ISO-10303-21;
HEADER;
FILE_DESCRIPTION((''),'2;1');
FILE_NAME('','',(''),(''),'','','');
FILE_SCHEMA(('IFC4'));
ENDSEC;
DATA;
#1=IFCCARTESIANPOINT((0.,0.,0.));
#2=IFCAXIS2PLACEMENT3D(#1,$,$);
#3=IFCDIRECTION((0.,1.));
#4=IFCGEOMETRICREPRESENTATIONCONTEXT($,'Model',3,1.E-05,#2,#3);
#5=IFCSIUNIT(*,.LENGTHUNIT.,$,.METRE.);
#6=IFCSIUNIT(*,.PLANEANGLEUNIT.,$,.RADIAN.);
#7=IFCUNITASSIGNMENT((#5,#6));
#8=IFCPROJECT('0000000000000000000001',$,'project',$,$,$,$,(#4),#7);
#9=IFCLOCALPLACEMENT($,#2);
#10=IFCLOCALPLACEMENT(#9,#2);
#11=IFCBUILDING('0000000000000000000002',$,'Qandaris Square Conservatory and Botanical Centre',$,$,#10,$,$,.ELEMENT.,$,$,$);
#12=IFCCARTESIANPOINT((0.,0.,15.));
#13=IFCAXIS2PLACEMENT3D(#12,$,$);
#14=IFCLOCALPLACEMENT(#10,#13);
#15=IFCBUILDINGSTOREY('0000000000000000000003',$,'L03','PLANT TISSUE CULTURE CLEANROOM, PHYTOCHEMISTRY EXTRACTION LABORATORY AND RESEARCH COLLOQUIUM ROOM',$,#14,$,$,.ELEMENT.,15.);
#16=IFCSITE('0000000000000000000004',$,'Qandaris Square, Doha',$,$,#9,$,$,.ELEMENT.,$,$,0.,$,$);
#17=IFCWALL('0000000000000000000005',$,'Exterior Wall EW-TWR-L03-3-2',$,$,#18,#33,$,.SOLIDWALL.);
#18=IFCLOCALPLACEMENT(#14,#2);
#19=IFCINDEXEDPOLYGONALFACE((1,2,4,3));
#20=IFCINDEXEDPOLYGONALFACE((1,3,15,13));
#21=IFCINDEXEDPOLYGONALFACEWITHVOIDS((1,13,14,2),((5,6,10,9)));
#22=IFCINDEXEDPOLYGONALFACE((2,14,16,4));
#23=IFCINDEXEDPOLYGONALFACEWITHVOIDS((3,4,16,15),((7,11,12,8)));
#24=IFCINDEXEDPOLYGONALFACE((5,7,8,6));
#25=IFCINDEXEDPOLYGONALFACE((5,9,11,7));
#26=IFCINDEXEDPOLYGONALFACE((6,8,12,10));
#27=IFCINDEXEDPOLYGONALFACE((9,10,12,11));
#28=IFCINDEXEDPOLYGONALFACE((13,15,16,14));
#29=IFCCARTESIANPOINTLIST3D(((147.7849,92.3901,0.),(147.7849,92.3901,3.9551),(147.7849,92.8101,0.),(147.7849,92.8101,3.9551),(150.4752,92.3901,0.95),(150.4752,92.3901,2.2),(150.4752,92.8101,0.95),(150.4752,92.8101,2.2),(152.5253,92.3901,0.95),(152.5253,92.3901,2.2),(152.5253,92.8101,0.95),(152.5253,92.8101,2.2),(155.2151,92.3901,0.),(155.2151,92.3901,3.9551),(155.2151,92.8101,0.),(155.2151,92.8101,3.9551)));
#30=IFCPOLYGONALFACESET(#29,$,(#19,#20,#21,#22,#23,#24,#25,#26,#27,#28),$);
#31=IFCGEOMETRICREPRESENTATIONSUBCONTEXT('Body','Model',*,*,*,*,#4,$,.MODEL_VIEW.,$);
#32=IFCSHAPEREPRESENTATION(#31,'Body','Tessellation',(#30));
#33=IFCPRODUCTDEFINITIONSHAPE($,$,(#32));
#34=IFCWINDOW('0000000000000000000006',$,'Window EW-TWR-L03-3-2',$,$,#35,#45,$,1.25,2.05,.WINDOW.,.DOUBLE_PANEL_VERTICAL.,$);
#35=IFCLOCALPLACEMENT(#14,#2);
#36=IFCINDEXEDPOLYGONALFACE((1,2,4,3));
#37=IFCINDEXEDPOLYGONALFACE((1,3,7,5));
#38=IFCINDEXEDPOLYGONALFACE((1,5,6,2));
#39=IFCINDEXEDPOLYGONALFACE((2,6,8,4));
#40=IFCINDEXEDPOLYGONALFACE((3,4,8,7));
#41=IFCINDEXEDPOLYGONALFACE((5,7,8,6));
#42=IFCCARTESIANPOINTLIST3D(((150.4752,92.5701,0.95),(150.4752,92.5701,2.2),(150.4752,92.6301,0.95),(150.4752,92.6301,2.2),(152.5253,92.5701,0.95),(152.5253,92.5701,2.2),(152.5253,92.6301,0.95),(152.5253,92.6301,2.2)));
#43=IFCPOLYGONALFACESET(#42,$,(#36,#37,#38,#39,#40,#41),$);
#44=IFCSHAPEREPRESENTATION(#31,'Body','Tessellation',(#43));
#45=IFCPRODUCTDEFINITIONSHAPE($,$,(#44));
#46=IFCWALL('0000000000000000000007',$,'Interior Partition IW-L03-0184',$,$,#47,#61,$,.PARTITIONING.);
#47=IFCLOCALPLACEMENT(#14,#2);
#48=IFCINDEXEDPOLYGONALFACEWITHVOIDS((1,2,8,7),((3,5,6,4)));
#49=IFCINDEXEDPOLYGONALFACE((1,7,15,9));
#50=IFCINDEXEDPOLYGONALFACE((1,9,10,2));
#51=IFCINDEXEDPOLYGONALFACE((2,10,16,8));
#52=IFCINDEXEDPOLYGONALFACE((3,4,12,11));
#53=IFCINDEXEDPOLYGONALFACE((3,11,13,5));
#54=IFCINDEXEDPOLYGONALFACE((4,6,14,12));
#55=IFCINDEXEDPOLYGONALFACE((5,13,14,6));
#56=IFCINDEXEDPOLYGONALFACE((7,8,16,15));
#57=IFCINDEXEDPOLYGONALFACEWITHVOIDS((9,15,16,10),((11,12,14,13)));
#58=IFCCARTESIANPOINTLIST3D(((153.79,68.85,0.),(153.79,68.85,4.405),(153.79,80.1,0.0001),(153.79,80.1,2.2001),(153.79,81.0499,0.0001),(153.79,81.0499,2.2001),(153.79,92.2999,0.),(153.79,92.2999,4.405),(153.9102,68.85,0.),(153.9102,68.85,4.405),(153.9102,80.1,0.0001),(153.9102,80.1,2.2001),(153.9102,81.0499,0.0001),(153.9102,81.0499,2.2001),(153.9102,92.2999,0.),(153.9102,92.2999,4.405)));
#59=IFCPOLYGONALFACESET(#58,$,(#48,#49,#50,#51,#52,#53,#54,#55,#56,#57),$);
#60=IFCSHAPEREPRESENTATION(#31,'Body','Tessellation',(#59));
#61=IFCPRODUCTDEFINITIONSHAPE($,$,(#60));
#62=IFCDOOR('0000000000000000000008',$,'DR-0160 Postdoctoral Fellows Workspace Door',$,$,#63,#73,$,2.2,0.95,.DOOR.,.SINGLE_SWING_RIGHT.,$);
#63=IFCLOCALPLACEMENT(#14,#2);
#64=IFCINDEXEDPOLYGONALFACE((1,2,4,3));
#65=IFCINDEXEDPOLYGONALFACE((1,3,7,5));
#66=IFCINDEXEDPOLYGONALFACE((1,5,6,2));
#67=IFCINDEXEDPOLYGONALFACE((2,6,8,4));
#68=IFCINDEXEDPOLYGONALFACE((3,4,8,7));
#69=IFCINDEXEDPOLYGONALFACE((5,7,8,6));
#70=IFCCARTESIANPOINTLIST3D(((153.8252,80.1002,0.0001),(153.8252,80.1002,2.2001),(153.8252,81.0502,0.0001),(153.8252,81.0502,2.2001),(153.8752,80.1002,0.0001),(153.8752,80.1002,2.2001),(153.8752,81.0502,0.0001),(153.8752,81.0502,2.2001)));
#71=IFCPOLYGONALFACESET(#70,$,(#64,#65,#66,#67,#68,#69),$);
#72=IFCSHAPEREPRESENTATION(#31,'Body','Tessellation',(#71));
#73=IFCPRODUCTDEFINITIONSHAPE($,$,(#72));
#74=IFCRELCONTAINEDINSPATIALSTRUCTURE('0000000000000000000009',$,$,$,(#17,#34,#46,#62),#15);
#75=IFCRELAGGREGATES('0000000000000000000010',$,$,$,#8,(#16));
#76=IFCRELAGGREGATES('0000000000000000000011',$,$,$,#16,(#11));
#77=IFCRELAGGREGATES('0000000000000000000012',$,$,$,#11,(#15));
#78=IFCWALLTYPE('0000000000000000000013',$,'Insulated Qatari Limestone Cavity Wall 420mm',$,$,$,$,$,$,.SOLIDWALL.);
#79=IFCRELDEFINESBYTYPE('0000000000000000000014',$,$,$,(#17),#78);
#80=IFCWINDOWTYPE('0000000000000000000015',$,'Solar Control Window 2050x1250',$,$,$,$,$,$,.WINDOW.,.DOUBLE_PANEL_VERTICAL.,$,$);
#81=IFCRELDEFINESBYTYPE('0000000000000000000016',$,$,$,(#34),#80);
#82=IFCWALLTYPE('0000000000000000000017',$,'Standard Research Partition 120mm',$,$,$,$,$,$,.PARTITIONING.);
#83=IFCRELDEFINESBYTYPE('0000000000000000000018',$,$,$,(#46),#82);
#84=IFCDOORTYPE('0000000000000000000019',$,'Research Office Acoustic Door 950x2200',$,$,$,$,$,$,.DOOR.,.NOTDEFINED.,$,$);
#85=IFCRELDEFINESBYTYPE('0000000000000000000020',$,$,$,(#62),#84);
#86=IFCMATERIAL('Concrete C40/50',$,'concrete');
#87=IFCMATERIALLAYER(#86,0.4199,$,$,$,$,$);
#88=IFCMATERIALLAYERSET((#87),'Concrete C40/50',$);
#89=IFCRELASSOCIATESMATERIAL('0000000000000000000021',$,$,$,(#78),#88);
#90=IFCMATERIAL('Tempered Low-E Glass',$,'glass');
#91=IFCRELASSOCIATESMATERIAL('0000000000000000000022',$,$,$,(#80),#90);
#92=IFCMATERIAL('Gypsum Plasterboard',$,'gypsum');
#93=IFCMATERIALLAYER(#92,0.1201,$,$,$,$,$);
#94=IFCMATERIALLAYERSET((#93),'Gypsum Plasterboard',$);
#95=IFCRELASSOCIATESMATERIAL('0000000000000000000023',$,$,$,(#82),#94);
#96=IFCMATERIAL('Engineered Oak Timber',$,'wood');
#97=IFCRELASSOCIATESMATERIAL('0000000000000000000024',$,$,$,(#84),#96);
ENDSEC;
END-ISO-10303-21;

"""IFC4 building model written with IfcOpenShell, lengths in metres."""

from ifc_helpers import new_model, si_unit, direction, frame, frame_2d, origin, place, context, subcontext, project, spatial, rectangle, extrude, material, layer, layer_set, type_object, element, fill, save


model = new_model("IFC4")

# Units and contexts
model_context = context("Model", 3, precision=1e-05, world=origin(), true_north=direction((0.0, 1.0)))
body_context = subcontext(model_context, "Body", "Model", "MODEL_VIEW")
ifc_project = project(units=[si_unit("LENGTHUNIT", "METRE"), si_unit("PLANEANGLEUNIT", "RADIAN")], contexts=[model_context])

# Site, building, storey
site_placement = place(None, origin())
site = spatial("IfcSite", under=ifc_project, at=site_placement, Name="Qandaris Square, Doha", CompositionType="ELEMENT", RefElevation=0.0)
building_placement = place(site_placement, origin())
building = spatial("IfcBuilding", under=site, at=building_placement, Name="Qandaris Square Conservatory and Botanical Centre", CompositionType="ELEMENT")
storey_placement = place(building_placement, frame((0.0, 0.0, 15.0)))
storey = spatial("IfcBuildingStorey", under=building, at=storey_placement, Name="L03", Description="PLANT TISSUE CULTURE CLEANROOM, PHYTOCHEMISTRY EXTRACTION LABORATORY AND RESEARCH COLLOQUIUM ROOM", CompositionType="ELEMENT", Elevation=15.0)

# Shared definitions
ifc_material_1 = material(Name="Tempered Low-E Glass", Category="glass")

# Wall, opening, window
ifc_material_2 = material(Name="Concrete C40/50", Category="concrete")
ifc_layer_1 = layer(ifc_material_2, 0.4199)
ifc_layer_set_1 = layer_set([ifc_layer_1], Name="Concrete C40/50")
wall_type_1 = type_object("IfcWallType", Name="Insulated Qatari Limestone Cavity Wall 420mm", PredefinedType="SOLIDWALL", material=ifc_layer_set_1)
wall_1_placement = place(storey_placement, frame((155.2151, 92.6001, 0.0), z_axis=(0.0, 0.0, 1.0), x_axis=(-1.0, 0.0, 0.0)))
wall_1 = element("IfcWall", 1, at=wall_1_placement, inside=storey, type_object=wall_type_1, Name="Exterior Wall EW-TWR-L03-3-2", PredefinedType="SOLIDWALL", context=body_context, shape_type="SweptSolid", body=[
    extrude(rectangle(XDim=7.4302, YDim=0.4199, at=frame_2d((3.7151, 0.0))), origin(), (0.0, 0.0, 1.0), 3.9551),
])
opening_1_placement = place(wall_1_placement, frame((2.6899, 0.0, 0.95)))
opening_1 = element("IfcOpeningElement", 2, at=opening_1_placement, cuts=wall_1, PredefinedType="OPENING", context=body_context, shape_type="SweptSolid", body=[
    extrude(rectangle(XDim=2.05, YDim=1.25, at=frame_2d((1.0249, 0.625))), frame((0.0, 0.2219, 0.0), z_axis=(0.0, -1.0, 0.0), x_axis=(1.0, 0.0, 0.0)), (0.0, 0.0, 1.0), 0.4438),
])
window_type = type_object("IfcWindowType", Name="Solar Control Window 2050x1250", PartitioningType="DOUBLE_PANEL_VERTICAL", PredefinedType="WINDOW", material=ifc_material_1)
window_placement = place(opening_1_placement, origin())
window = element("IfcWindow", 3, at=window_placement, inside=storey, type_object=window_type, Name="Window EW-TWR-L03-3-2", OverallHeight=1.25, OverallWidth=2.05, PartitioningType="DOUBLE_PANEL_VERTICAL", PredefinedType="WINDOW", context=body_context, shape_type="SweptSolid", body=[
    extrude(rectangle(XDim=2.05, YDim=1.25, at=frame_2d((1.0249, 0.625))), frame((0.0, 0.03, 0.0), z_axis=(0.0, -1.0, 0.0), x_axis=(1.0, 0.0, 0.0)), (0.0, 0.0, 1.0), 0.0601),
])
fill(opening_1, window)

# Wall, opening, door
ifc_material_3 = material(Name="Gypsum Plasterboard", Category="gypsum")
ifc_layer_2 = layer(ifc_material_3, 0.1201)
ifc_layer_set_2 = layer_set([ifc_layer_2], Name="Gypsum Plasterboard")
wall_type_2 = type_object("IfcWallType", Name="Standard Research Partition 120mm", PredefinedType="PARTITIONING", material=ifc_layer_set_2)
wall_2_placement = place(storey_placement, frame((153.8501, 92.3, 0.0), z_axis=(0.0, 0.0, 1.0), x_axis=(0.0, -1.0, 0.0)))
wall_2 = element("IfcWall", 4, at=wall_2_placement, inside=storey, type_object=wall_type_2, Name="Interior Partition IW-L03-0184", PredefinedType="PARTITIONING", context=body_context, shape_type="SweptSolid", body=[
    extrude(rectangle(XDim=23.45, YDim=0.1201, at=frame_2d((11.7251, 0.0))), origin(), (0.0, 0.0, 1.0), 4.405),
])
opening_2_placement = place(wall_2_placement, frame((11.25, 0.0, 0.0)))
opening_2 = element("IfcOpeningElement", 5, at=opening_2_placement, cuts=wall_2, PredefinedType="OPENING", context=body_context, shape_type="SweptSolid", body=[
    extrude(rectangle(XDim=0.95, YDim=2.2, at=frame_2d((0.4751, 1.1001))), frame((0.0, 0.072, 0.0), z_axis=(0.0, -1.0, 0.0), x_axis=(1.0, 0.0, 0.0)), (0.0, 0.0, 1.0), 0.144),
])
ifc_material_4 = material(Name="Engineered Oak Timber", Category="wood")
door_type = type_object("IfcDoorType", Name="Research Office Acoustic Door 950x2200", OperationType="NOTDEFINED", PredefinedType="DOOR", material=ifc_material_4)
door_placement = place(opening_2_placement, frame((0.95, 0.0, 0.0), z_axis=(0.0, 0.0, 1.0), x_axis=(-1.0, 0.0, 0.0)))
door = element("IfcDoor", 6, at=door_placement, inside=storey, type_object=door_type, Name="DR-0160 Postdoctoral Fellows Workspace Door", OperationType="SINGLE_SWING_RIGHT", OverallHeight=2.2, OverallWidth=0.95, PredefinedType="DOOR", context=body_context, shape_type="SweptSolid", body=[
    extrude(rectangle(XDim=0.95, YDim=2.2, at=frame_2d((0.4751, 1.1001))), frame((0.0, 0.0249, 0.0), z_axis=(0.0, -1.0, 0.0), x_axis=(1.0, 0.0, 0.0)), (0.0, 0.0, 1.0), 0.05),
])
fill(opening_2, door)

save(model, "model.ifc")
